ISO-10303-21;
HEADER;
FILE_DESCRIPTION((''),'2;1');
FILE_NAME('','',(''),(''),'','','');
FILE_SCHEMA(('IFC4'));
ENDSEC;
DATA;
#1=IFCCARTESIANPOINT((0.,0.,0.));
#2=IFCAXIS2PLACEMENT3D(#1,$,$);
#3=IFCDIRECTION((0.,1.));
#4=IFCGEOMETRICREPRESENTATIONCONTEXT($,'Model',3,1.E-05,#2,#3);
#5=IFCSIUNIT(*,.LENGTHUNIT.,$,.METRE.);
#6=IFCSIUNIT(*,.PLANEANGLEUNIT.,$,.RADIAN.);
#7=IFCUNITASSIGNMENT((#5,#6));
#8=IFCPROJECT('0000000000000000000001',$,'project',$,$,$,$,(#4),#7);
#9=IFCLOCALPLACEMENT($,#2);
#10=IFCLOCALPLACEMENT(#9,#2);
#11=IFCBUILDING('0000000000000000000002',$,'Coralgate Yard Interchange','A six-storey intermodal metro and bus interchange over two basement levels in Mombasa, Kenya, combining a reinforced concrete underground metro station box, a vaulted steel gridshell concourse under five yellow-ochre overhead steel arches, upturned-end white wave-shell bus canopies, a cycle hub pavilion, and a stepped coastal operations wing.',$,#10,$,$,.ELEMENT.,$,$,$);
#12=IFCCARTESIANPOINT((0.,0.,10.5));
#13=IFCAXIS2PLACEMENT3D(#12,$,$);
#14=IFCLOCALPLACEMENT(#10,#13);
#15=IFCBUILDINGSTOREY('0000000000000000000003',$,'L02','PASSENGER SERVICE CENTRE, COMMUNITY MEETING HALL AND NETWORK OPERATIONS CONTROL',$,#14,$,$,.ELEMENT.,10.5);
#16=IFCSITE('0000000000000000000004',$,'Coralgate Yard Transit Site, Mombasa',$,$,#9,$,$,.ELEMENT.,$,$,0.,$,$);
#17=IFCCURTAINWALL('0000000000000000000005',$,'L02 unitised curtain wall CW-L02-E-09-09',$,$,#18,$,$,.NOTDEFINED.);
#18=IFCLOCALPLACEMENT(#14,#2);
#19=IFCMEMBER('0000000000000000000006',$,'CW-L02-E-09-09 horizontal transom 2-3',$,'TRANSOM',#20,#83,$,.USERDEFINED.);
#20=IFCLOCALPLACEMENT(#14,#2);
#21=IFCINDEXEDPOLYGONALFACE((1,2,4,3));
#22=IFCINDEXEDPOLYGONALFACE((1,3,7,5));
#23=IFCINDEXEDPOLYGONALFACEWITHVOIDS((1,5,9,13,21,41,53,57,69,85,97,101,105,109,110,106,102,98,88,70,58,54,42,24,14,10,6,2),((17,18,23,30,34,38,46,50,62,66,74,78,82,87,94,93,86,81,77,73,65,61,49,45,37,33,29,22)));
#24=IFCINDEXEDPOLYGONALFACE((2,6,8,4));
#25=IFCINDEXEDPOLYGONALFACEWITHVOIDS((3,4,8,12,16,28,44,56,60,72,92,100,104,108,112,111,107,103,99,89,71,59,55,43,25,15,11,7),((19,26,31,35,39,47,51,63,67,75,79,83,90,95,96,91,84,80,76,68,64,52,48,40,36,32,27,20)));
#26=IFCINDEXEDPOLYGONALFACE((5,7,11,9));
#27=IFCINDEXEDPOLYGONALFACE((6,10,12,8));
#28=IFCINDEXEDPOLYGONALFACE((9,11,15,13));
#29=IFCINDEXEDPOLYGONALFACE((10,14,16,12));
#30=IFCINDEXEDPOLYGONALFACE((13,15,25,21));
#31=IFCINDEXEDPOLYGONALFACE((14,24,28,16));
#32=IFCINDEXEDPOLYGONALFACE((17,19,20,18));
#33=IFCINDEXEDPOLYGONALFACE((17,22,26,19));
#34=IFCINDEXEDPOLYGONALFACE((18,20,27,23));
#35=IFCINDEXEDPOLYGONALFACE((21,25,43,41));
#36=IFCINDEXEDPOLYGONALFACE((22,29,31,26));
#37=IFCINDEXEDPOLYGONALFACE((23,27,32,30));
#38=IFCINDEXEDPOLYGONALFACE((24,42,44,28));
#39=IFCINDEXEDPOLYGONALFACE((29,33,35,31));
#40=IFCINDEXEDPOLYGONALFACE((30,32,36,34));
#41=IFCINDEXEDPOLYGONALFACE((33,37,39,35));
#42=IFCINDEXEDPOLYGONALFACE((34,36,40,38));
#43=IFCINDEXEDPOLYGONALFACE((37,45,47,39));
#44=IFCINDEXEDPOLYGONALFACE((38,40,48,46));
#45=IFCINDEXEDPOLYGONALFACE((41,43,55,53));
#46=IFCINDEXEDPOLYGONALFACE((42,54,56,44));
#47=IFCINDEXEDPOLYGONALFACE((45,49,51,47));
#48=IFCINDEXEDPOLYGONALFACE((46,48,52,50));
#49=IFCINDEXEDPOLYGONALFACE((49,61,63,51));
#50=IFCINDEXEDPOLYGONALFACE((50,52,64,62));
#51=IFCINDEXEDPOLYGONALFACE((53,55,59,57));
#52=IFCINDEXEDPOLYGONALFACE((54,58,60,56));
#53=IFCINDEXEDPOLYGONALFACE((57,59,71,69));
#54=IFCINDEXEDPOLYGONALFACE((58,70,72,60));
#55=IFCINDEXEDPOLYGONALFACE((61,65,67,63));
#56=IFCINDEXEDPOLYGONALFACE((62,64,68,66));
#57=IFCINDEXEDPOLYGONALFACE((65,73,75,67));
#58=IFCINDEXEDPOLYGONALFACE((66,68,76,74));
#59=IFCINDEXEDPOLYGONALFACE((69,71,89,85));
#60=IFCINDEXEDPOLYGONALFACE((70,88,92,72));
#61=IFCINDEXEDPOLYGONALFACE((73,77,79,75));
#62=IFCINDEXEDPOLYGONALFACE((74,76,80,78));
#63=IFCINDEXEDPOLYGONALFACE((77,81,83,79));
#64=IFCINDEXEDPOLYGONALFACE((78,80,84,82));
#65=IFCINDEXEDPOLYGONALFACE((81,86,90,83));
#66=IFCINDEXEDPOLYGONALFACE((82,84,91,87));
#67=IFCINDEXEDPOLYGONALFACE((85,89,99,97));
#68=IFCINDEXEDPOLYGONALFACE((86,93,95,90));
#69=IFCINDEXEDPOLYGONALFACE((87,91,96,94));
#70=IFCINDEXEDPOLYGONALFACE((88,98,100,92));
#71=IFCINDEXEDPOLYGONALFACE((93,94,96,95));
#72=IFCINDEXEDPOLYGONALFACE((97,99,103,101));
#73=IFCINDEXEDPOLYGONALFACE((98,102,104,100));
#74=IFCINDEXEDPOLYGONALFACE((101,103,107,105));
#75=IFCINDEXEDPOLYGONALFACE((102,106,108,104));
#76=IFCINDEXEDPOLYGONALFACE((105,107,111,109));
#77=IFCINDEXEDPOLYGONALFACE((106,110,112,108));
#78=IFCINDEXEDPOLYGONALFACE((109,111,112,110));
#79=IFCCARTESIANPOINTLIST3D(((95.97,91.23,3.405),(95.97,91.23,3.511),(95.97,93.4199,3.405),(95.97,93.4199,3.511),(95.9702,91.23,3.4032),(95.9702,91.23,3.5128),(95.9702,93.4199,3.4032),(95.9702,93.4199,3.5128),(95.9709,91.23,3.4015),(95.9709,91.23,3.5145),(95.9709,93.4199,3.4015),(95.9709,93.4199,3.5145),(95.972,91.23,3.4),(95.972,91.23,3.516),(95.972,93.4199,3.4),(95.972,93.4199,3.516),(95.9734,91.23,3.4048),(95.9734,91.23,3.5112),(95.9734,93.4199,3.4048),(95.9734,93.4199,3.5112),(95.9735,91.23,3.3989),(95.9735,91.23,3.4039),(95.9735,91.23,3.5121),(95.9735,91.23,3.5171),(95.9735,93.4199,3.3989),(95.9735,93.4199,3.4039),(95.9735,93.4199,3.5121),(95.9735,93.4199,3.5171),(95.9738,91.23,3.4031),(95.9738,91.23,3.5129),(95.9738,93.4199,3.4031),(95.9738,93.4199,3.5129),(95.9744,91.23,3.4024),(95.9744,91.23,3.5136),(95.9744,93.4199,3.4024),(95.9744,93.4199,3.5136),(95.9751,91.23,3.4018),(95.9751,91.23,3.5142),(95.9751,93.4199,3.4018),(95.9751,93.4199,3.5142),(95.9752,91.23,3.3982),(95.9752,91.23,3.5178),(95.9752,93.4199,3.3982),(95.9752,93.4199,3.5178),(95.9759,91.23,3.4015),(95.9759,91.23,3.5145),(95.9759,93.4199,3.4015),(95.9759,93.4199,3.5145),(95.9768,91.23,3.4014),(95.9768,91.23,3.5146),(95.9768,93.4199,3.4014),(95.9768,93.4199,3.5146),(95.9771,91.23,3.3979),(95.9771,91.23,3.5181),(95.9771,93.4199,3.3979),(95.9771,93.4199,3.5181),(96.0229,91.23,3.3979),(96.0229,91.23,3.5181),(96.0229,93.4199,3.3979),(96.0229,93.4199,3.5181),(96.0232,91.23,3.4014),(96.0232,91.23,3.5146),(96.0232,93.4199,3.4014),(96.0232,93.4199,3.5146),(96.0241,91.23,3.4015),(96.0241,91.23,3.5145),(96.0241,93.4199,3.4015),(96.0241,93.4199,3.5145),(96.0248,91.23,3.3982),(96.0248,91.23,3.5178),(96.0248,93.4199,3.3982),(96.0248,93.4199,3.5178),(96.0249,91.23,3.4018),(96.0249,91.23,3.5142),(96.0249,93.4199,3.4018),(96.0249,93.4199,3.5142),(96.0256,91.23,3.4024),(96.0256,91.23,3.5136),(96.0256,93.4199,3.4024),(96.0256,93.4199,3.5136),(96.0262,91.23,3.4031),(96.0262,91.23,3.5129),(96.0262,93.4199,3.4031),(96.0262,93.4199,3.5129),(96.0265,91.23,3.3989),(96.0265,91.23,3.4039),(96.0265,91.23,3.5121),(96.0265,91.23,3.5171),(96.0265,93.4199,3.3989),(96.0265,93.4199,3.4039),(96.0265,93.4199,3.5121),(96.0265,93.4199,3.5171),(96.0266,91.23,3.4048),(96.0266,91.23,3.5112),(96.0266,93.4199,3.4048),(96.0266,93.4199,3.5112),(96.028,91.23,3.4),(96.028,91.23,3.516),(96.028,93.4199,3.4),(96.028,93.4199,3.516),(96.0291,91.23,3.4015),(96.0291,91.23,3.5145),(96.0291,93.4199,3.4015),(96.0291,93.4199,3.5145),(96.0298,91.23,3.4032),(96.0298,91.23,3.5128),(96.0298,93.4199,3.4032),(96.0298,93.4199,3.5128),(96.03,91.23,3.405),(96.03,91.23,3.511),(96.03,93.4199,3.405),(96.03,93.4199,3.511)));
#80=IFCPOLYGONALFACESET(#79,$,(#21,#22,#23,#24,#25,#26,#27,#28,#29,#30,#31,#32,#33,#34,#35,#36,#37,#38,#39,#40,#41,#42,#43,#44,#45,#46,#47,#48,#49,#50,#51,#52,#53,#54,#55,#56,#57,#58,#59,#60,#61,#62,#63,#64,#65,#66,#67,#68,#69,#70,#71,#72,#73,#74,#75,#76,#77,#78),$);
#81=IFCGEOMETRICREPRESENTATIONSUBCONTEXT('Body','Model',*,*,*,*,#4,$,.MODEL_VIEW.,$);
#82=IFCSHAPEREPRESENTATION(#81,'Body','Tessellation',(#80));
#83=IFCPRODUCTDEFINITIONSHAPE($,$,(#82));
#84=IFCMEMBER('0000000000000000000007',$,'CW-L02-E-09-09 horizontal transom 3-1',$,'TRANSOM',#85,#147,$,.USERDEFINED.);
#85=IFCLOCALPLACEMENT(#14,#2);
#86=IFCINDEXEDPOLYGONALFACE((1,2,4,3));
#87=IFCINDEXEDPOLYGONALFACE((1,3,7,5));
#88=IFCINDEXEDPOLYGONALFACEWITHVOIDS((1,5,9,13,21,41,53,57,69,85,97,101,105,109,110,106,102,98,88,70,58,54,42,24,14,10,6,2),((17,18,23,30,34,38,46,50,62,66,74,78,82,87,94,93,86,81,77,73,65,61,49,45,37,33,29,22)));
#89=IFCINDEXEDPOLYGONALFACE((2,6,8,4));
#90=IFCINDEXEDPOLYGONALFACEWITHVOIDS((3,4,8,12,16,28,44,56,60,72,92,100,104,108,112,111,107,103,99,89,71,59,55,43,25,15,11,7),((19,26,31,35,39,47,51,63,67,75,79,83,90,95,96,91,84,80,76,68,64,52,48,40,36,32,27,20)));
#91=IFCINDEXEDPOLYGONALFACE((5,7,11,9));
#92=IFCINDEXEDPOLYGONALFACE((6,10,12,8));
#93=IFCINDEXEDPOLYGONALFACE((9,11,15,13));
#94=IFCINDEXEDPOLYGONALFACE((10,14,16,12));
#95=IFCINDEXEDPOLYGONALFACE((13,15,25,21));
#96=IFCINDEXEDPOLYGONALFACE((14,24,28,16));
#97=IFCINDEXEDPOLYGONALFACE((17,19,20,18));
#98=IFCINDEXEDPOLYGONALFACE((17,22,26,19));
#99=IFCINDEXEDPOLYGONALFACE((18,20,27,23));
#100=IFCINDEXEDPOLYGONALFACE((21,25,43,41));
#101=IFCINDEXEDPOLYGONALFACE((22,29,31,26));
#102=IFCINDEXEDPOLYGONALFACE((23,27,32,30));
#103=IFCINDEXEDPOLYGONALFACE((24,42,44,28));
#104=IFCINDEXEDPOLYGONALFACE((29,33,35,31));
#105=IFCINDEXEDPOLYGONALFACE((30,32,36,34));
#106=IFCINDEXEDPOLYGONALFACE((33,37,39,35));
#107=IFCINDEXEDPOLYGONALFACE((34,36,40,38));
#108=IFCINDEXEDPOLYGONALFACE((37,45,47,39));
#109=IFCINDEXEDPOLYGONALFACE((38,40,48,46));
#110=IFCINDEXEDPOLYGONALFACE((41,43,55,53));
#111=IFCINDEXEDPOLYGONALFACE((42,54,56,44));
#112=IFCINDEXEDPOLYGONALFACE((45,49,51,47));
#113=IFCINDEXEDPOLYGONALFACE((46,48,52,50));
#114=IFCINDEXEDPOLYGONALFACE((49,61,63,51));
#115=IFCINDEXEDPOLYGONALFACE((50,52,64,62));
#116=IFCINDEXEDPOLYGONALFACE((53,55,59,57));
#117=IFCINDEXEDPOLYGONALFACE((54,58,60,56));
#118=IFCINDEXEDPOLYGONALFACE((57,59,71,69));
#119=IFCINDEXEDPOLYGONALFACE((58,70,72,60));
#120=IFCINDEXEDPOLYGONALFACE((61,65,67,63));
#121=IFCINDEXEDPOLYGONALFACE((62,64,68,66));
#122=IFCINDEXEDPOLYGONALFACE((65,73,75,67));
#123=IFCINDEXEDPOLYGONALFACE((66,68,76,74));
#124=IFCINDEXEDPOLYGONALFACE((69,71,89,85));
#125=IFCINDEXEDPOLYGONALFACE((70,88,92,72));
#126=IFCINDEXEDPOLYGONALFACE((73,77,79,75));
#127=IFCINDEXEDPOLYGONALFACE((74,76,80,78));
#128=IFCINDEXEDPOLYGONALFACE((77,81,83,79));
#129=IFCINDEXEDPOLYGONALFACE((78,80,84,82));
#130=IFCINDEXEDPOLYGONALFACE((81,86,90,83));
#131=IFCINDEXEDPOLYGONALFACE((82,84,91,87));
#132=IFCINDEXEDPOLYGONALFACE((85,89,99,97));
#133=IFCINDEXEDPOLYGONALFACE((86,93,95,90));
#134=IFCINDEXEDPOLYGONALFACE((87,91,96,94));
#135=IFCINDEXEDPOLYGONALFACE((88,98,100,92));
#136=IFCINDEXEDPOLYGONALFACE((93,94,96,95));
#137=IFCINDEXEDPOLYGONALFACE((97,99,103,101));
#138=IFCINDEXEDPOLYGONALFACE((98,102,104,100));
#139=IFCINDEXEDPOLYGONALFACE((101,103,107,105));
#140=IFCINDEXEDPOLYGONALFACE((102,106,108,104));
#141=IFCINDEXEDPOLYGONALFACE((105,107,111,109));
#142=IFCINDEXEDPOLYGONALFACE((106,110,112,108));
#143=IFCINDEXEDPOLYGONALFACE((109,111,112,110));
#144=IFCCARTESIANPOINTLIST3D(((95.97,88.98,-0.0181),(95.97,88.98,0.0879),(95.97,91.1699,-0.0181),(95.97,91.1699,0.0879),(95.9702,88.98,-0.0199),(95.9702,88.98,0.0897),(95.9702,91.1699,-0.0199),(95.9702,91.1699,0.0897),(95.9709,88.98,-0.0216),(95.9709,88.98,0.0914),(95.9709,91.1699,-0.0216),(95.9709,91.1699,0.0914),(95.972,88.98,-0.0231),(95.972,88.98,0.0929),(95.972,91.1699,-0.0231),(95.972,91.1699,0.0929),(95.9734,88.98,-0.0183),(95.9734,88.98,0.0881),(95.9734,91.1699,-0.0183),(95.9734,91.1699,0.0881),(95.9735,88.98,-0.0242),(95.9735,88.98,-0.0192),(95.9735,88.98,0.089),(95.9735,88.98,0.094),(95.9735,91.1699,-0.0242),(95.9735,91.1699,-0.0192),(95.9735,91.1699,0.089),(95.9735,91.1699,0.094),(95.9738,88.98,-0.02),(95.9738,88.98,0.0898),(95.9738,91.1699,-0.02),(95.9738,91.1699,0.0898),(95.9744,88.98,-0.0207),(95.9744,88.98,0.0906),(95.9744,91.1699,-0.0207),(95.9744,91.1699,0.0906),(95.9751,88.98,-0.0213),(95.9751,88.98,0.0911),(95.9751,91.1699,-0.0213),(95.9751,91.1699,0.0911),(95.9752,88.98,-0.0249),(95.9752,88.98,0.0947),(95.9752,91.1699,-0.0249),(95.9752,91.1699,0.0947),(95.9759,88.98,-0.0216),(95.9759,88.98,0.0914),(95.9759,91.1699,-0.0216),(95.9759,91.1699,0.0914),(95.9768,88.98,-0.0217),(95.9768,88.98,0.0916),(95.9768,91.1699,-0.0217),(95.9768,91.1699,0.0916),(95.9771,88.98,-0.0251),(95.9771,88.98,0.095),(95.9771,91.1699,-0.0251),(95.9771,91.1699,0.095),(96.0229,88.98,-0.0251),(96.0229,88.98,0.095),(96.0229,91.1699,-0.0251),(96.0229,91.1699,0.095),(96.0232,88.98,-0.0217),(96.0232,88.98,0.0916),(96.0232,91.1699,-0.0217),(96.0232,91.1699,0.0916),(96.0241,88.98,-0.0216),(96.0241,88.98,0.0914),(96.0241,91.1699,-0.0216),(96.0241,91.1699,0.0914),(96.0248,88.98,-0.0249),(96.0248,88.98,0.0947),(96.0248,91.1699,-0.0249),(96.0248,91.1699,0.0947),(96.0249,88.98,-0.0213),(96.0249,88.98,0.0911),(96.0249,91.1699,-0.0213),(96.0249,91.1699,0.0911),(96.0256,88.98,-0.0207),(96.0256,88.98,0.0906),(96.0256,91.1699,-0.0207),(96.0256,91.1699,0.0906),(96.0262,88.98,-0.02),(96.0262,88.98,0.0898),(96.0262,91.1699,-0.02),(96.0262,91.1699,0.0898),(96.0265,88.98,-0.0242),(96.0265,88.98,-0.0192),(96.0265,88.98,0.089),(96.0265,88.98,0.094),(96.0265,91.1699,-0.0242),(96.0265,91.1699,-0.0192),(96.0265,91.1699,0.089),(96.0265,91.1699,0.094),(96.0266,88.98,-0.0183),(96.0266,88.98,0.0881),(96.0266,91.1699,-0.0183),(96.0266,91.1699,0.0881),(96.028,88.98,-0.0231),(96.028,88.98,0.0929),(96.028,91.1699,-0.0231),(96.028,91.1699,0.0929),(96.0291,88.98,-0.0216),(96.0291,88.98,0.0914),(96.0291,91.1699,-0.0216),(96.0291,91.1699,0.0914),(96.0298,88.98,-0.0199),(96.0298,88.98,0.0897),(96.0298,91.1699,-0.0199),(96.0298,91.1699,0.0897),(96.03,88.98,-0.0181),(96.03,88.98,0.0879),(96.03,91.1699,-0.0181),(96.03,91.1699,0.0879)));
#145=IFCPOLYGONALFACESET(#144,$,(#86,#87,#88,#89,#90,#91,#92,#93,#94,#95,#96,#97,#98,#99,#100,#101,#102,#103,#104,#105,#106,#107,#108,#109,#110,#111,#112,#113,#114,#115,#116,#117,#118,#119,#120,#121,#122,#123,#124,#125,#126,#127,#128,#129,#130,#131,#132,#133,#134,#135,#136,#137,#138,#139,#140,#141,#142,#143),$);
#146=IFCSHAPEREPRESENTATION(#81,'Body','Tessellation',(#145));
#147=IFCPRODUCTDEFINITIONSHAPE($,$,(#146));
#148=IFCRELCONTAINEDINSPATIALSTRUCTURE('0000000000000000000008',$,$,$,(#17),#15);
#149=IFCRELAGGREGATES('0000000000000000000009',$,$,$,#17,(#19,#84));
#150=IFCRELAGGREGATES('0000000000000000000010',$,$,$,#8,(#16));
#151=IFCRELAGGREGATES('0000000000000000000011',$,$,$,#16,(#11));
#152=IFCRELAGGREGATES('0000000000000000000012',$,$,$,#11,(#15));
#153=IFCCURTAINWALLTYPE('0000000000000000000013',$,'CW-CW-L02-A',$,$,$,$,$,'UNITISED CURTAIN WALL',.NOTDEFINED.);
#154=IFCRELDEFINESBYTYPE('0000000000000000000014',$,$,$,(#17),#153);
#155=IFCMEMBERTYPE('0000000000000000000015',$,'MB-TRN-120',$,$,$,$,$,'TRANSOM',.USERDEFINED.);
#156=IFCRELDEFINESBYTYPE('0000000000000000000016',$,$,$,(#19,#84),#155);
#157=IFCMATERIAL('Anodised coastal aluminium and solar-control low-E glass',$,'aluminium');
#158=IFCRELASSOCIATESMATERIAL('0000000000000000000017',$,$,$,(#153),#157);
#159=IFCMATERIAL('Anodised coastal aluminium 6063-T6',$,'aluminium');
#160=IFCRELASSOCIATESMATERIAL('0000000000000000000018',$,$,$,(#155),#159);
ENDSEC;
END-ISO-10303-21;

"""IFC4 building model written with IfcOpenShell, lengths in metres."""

from ifc_helpers import new_model, si_unit, direction, frame, origin, origin_2d, place, context, subcontext, project, spatial, hollow_rectangle, extrude, material, material_profile, profile_set, type_object, element, aggregate, save


model = new_model("IFC4")

# Units and contexts
model_context = context("Model", 3, precision=1e-05, world=origin(), true_north=direction((0.0, 1.0)))
body_context = subcontext(model_context, "Body", "Model", "MODEL_VIEW")
ifc_project = project(units=[si_unit("LENGTHUNIT", "METRE"), si_unit("PLANEANGLEUNIT", "RADIAN")], contexts=[model_context])

# Site, building, storey
site_placement = place(None, origin())
site = spatial("IfcSite", under=ifc_project, at=site_placement, Name="Coralgate Yard Transit Site, Mombasa", CompositionType="ELEMENT", RefElevation=0.0)
building_placement = place(site_placement, origin())
building = spatial("IfcBuilding", under=site, at=building_placement, Name="Coralgate Yard Interchange", Description="A six-storey intermodal metro and bus interchange over two basement levels in Mombasa, Kenya, combining a reinforced concrete underground metro station box, a vaulted steel gridshell concourse under five yellow-ochre overhead steel arches, upturned-end white wave-shell bus canopies, a cycle hub pavilion, and a stepped coastal operations wing.", CompositionType="ELEMENT")
storey_placement = place(building_placement, frame((0.0, 0.0, 10.5)))
storey = spatial("IfcBuildingStorey", under=building, at=storey_placement, Name="L02", Description="PASSENGER SERVICE CENTRE, COMMUNITY MEETING HALL AND NETWORK OPERATIONS CONTROL", CompositionType="ELEMENT", Elevation=10.5)

# Shared definitions
ifc_material_1 = material(Name="Anodised coastal aluminium and solar-control low-E glass", Category="aluminium")
curtain_wall_type = type_object("IfcCurtainWallType", Name="CW-CW-L02-A", ElementType="UNITISED CURTAIN WALL", PredefinedType="NOTDEFINED", material=ifc_material_1)
ifc_material_2 = material(Name="Anodised coastal aluminium 6063-T6", Category="aluminium")

# Curtain wall
curtain_wall_1_placement = place(storey_placement, origin())
curtain_wall_1 = element("IfcCurtainWall", 1, at=curtain_wall_1_placement, inside=storey, type_object=curtain_wall_type, Name="L02 unitised curtain wall CW-L02-E-09-09", PredefinedType="NOTDEFINED")

# Members
ifc_material_profile_1 = material_profile(ifc_material_2, hollow_rectangle(XDim=0.0601, YDim=0.1201, WallThickness=0.0034, InnerFilletRadius=0.0034, OuterFilletRadius=0.0071, at=origin_2d()), Name="ALU 60x120x3.5")
ifc_profile_set_1 = profile_set([ifc_material_profile_1], Name="Anodised coastal aluminium 6063-T6")
member_type_1 = type_object("IfcMemberType", Name="MB-TRN-120", ElementType="TRANSOM", PredefinedType="USERDEFINED", material=ifc_profile_set_1)
member_1_placement = place(storey_placement, frame((96.0, 93.4199, 3.458), z_axis=(0.0, -1.0, 0.0), x_axis=(1.0, 0.0, 0.0)))
member_1 = element("IfcMember", 2, at=member_1_placement, type_object=member_type_1, Name="CW-L02-E-09-09 horizontal transom 2-3", ObjectType="TRANSOM", PredefinedType="USERDEFINED", context=body_context, shape_type="SweptSolid", body=[
    extrude(hollow_rectangle(XDim=0.0601, YDim=0.1201, WallThickness=0.0034, InnerFilletRadius=0.0034, OuterFilletRadius=0.0071, at=origin_2d()), origin(), (0.0, 0.0, 1.0), 2.1899),
])
member_2_placement = place(storey_placement, frame((96.0, 91.1699, 0.0349), z_axis=(0.0, -1.0, 0.0), x_axis=(1.0, 0.0, 0.0)))
member_2 = element("IfcMember", 3, at=member_2_placement, type_object=member_type_1, Name="CW-L02-E-09-09 horizontal transom 3-1", ObjectType="TRANSOM", PredefinedType="USERDEFINED", context=body_context, shape_type="SweptSolid", body=[
    extrude(hollow_rectangle(XDim=0.0601, YDim=0.1201, WallThickness=0.0034, InnerFilletRadius=0.0034, OuterFilletRadius=0.0071, at=origin_2d()), origin(), (0.0, 0.0, 1.0), 2.1899),
])

aggregate(curtain_wall_1, [member_1, member_2])

save(model, "model.ifc")
